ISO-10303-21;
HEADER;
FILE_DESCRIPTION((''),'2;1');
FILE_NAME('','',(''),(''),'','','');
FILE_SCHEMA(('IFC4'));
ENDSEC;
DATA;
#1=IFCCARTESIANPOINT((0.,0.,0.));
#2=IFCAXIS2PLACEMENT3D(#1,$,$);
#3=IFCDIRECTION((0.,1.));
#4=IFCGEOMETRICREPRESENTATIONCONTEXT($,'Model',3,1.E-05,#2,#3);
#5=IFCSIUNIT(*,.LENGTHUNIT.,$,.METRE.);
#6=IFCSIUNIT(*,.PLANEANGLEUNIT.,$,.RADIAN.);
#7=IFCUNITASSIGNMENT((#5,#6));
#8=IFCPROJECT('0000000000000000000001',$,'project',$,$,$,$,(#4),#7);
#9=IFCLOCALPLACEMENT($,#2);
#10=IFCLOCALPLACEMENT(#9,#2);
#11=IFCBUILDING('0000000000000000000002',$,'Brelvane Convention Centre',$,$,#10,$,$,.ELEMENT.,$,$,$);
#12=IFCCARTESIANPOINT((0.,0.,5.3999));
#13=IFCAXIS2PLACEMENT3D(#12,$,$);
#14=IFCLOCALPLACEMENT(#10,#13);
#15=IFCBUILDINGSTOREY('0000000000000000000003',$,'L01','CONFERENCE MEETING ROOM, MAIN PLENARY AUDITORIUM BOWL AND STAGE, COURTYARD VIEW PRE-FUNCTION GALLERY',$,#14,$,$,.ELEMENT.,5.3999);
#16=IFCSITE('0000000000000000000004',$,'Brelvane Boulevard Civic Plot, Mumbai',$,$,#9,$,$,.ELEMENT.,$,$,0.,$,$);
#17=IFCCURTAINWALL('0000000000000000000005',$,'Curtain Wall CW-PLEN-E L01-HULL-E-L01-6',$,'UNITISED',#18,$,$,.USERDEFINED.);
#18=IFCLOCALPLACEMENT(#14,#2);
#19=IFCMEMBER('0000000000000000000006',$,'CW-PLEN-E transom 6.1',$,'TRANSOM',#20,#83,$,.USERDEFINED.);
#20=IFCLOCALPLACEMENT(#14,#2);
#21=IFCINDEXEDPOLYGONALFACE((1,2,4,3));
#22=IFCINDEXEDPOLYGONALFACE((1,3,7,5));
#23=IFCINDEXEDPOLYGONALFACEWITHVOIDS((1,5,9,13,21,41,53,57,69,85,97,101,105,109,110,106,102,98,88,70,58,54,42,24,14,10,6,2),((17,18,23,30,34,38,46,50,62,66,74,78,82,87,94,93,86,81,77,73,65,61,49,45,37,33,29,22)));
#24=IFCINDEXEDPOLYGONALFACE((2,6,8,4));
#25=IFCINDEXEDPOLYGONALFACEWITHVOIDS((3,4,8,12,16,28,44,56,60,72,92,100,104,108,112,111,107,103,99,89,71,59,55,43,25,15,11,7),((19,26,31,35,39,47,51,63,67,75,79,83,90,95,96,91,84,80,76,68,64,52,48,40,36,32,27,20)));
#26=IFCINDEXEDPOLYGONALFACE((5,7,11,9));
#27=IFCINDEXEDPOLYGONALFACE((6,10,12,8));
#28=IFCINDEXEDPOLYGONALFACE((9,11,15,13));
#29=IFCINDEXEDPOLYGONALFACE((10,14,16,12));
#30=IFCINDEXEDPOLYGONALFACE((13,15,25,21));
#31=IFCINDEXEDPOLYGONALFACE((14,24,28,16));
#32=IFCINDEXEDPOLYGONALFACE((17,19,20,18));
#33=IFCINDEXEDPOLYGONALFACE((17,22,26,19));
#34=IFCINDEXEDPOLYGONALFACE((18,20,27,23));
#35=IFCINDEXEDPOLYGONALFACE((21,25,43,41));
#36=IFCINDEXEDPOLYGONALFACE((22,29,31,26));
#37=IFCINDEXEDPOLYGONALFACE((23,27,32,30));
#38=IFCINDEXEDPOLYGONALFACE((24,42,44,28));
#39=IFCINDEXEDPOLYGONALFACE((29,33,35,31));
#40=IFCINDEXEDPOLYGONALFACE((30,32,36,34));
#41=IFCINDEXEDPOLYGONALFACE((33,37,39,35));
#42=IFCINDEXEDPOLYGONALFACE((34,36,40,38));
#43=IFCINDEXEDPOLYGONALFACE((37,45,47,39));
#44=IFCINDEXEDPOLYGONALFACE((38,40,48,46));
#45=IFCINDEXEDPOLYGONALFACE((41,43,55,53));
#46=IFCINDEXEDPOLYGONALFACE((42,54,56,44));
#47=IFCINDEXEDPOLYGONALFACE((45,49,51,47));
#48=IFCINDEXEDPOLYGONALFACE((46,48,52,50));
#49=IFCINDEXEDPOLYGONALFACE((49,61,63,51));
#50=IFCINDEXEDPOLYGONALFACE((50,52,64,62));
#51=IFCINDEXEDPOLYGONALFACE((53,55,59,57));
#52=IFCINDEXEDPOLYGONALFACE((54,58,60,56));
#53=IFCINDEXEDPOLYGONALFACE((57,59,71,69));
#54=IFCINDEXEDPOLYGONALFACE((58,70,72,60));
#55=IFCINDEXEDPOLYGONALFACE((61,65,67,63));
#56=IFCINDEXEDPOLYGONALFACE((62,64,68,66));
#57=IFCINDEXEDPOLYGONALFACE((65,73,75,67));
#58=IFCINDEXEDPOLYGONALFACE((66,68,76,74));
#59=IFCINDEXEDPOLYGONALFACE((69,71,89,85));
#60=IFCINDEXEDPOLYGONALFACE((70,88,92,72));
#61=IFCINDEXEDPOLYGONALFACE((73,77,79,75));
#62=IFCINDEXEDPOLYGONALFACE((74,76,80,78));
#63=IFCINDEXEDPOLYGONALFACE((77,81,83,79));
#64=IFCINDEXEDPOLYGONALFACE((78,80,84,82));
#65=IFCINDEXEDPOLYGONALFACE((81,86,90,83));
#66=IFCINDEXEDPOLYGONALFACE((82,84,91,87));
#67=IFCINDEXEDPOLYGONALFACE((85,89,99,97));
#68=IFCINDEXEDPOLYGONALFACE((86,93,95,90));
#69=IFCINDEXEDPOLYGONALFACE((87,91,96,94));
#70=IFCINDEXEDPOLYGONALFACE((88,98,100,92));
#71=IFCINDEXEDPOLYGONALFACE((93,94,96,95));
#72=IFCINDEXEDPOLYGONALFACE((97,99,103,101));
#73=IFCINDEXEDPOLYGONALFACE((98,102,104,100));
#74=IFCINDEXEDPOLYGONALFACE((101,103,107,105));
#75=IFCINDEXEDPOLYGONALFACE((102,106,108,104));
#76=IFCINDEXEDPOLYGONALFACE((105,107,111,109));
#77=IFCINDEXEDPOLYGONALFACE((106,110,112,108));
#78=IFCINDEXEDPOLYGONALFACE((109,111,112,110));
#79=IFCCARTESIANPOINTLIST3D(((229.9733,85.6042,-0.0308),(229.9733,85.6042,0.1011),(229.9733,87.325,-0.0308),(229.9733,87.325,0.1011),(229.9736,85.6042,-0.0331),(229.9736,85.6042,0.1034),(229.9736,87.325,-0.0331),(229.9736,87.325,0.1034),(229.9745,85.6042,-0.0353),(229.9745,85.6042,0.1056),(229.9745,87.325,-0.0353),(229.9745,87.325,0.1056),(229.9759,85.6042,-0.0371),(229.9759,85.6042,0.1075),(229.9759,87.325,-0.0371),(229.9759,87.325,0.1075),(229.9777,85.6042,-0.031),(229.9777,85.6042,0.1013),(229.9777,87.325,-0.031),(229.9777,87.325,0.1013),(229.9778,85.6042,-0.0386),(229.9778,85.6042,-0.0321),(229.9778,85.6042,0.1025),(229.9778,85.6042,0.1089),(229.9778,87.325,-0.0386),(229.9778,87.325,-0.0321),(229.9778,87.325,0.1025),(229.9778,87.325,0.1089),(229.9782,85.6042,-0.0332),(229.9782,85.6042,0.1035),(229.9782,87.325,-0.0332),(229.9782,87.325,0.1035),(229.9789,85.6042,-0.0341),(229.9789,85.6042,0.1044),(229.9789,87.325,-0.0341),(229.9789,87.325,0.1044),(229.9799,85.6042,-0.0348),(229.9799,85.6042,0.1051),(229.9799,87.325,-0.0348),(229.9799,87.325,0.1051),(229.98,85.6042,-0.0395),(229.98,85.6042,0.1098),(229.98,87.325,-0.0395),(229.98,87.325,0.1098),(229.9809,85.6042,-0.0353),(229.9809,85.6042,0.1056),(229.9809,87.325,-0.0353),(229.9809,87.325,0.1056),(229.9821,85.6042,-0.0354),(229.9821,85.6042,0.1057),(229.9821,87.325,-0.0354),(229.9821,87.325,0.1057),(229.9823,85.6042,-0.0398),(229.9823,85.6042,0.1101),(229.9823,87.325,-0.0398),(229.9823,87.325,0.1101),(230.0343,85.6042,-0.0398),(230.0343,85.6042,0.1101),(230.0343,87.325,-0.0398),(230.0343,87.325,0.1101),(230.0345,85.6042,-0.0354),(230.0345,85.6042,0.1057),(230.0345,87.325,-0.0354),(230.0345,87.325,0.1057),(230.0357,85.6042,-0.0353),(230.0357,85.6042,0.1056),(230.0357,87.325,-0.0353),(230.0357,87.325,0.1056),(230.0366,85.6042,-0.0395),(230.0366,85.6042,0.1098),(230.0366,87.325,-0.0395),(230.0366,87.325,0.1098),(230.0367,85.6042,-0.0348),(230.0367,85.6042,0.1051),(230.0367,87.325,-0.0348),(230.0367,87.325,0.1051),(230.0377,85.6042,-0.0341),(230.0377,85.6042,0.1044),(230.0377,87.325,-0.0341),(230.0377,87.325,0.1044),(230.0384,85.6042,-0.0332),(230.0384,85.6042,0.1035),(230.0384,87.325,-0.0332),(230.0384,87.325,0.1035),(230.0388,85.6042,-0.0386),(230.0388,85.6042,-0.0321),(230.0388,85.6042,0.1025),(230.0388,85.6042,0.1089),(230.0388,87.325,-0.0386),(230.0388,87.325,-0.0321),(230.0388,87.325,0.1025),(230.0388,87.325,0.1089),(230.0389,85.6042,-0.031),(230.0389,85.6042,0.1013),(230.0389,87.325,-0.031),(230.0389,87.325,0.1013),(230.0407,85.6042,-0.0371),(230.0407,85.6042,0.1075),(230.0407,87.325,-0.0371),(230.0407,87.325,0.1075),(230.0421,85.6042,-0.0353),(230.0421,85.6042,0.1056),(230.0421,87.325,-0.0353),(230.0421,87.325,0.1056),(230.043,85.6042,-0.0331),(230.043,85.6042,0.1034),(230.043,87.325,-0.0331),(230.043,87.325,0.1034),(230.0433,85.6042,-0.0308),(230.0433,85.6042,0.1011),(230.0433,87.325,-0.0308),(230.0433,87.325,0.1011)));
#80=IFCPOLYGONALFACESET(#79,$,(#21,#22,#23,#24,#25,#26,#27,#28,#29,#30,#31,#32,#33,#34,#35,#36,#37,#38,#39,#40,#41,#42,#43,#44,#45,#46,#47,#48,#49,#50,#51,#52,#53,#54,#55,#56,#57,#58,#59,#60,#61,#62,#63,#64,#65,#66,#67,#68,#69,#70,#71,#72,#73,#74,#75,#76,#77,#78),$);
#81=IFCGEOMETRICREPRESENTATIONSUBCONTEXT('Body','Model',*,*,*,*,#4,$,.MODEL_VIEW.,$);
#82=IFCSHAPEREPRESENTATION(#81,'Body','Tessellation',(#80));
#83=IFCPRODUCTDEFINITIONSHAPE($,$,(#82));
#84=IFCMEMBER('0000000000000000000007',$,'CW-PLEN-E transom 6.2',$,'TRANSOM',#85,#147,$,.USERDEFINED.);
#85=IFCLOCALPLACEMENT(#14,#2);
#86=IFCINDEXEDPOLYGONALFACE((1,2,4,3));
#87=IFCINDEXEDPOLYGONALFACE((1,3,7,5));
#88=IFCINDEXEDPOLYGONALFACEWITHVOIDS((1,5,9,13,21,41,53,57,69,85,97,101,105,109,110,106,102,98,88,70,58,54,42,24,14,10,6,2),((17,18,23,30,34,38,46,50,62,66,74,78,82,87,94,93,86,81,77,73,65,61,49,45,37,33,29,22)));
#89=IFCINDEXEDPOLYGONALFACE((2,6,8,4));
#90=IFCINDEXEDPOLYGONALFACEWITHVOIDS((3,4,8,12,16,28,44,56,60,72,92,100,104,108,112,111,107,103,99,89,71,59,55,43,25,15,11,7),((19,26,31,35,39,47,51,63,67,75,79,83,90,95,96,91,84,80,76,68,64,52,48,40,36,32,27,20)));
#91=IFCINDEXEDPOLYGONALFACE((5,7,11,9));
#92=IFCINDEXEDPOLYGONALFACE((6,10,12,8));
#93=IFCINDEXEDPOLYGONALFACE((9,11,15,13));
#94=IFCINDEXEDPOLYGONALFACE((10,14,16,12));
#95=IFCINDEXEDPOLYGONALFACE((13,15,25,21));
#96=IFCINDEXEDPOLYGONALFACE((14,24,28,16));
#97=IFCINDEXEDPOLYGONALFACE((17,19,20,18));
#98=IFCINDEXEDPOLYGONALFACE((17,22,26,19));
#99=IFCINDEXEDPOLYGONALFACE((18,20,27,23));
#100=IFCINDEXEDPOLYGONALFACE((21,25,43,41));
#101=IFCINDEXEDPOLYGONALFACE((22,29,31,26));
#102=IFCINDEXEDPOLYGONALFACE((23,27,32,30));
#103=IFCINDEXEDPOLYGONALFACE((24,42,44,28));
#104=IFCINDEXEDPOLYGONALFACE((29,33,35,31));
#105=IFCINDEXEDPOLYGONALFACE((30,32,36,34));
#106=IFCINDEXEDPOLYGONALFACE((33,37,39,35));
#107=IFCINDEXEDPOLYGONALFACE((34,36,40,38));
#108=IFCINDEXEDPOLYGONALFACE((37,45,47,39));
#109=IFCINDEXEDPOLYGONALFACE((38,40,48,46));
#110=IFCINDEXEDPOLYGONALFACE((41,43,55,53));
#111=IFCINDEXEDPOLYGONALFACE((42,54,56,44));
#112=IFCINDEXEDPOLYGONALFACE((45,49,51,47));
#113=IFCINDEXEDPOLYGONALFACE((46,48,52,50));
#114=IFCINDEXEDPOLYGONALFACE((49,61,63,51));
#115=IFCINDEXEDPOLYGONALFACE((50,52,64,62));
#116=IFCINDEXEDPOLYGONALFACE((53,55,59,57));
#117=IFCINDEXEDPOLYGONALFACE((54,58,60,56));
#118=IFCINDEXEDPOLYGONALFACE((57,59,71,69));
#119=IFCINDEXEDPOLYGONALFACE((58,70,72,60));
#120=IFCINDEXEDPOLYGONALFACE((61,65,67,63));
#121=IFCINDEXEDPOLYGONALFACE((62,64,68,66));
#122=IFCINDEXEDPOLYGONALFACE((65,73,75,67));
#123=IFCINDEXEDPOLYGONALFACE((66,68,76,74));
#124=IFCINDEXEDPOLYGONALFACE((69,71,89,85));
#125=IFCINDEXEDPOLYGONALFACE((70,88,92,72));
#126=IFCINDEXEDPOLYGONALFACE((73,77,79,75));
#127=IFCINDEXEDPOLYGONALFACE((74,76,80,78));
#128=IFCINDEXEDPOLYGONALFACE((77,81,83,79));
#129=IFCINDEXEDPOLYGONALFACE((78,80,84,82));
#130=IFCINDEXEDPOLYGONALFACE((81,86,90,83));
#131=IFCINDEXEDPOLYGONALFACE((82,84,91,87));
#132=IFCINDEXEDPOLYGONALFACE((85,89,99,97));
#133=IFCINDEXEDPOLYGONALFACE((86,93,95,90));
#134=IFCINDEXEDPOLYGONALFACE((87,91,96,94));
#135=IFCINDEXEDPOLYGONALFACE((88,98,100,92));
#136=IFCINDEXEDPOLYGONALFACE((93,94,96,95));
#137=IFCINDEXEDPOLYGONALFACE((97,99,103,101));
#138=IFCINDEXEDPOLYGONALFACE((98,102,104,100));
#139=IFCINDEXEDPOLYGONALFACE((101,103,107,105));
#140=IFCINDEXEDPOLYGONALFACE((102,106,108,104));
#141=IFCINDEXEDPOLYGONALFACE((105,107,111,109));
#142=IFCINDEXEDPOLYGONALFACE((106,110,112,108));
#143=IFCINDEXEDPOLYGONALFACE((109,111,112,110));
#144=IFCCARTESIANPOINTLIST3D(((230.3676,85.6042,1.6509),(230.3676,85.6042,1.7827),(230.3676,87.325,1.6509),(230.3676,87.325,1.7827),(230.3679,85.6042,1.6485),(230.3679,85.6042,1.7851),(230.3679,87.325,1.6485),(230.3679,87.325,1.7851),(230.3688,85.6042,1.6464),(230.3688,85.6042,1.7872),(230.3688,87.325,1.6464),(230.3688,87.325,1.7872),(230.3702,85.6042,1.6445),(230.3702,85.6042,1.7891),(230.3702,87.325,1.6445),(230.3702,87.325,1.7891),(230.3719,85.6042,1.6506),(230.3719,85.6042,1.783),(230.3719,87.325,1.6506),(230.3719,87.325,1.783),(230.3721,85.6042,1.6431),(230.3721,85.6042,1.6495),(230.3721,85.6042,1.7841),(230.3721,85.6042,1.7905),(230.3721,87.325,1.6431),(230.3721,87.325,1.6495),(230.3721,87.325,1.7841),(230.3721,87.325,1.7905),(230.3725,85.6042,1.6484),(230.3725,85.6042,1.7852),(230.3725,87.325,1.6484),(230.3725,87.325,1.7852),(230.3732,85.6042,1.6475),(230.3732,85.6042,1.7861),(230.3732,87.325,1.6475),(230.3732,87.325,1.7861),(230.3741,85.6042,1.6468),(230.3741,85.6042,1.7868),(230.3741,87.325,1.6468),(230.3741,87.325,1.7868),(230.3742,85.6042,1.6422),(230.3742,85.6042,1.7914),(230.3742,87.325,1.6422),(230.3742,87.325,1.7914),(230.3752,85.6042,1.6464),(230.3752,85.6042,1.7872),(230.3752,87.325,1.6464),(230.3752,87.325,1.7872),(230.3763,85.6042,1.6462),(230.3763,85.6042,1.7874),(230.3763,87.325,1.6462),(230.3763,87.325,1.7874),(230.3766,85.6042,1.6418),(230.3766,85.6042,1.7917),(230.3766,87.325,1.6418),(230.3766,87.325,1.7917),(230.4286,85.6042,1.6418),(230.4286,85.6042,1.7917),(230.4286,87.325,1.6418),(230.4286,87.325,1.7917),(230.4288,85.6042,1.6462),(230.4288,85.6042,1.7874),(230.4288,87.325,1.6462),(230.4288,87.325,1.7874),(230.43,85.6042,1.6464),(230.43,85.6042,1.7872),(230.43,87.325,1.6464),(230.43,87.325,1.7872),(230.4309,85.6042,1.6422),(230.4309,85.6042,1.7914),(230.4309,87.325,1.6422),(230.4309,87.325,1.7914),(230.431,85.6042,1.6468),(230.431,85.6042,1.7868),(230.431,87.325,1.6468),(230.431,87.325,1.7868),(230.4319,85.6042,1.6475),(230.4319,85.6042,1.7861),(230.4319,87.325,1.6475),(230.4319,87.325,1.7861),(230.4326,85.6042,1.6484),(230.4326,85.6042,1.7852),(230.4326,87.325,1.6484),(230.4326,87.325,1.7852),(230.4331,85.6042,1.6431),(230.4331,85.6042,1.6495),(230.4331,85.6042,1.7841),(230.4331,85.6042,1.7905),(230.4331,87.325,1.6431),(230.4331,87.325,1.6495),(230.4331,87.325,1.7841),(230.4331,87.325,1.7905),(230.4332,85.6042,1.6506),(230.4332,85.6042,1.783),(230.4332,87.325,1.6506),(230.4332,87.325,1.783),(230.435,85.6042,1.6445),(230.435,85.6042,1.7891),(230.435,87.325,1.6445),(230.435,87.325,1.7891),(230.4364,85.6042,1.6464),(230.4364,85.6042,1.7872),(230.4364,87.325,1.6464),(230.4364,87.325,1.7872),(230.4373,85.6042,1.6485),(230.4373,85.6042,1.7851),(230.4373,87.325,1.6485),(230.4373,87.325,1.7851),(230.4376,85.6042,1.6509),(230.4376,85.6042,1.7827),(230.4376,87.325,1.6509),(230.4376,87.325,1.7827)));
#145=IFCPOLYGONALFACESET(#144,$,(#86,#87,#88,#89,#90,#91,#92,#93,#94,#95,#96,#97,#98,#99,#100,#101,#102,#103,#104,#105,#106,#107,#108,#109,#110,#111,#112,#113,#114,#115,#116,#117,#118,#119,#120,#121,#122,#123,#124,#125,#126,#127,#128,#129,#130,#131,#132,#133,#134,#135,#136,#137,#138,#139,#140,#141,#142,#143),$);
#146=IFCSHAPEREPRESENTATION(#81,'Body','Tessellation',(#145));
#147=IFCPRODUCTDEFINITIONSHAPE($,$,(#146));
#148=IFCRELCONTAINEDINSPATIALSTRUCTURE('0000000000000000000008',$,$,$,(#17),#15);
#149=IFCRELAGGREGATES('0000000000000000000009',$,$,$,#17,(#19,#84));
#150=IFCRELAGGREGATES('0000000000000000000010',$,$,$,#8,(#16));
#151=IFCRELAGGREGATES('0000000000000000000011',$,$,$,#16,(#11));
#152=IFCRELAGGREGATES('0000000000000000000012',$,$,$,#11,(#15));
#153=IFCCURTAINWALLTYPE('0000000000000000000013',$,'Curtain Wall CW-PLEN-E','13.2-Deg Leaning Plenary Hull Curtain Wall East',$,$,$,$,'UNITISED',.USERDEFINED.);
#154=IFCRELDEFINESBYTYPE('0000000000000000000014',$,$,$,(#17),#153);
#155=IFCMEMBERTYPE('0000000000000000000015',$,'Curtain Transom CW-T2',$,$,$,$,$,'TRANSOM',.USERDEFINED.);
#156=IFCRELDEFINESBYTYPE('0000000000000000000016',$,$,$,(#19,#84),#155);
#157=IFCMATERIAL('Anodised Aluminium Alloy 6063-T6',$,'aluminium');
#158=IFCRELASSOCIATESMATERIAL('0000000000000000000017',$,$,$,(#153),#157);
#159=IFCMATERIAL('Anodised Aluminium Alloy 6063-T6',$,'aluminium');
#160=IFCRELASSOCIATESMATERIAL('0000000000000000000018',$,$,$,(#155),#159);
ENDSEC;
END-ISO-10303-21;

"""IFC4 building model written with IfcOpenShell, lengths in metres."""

from ifc_helpers import new_model, si_unit, direction, frame, origin, origin_2d, place, context, subcontext, project, spatial, hollow_rectangle, extrude, material, material_profile, profile_set, type_object, element, aggregate, save


model = new_model("IFC4")

# Units and contexts
model_context = context("Model", 3, precision=1e-05, world=origin(), true_north=direction((0.0, 1.0)))
body_context = subcontext(model_context, "Body", "Model", "MODEL_VIEW")
ifc_project = project(units=[si_unit("LENGTHUNIT", "METRE"), si_unit("PLANEANGLEUNIT", "RADIAN")], contexts=[model_context])

# Site, building, storey
site_placement = place(None, origin())
site = spatial("IfcSite", under=ifc_project, at=site_placement, Name="Brelvane Boulevard Civic Plot, Mumbai", CompositionType="ELEMENT", RefElevation=0.0)
building_placement = place(site_placement, origin())
building = spatial("IfcBuilding", under=site, at=building_placement, Name="Brelvane Convention Centre", CompositionType="ELEMENT")
storey_placement = place(building_placement, frame((0.0, 0.0, 5.3999)))
storey = spatial("IfcBuildingStorey", under=building, at=storey_placement, Name="L01", Description="CONFERENCE MEETING ROOM, MAIN PLENARY AUDITORIUM BOWL AND STAGE, COURTYARD VIEW PRE-FUNCTION GALLERY", CompositionType="ELEMENT", Elevation=5.3999)

# Curtain wall
ifc_material_1 = material(Name="Anodised Aluminium Alloy 6063-T6", Category="aluminium")
curtain_wall_type_1 = type_object("IfcCurtainWallType", Name="Curtain Wall CW-PLEN-E", Description="13.2-Deg Leaning Plenary Hull Curtain Wall East", ElementType="UNITISED", PredefinedType="USERDEFINED", material=ifc_material_1)
curtain_wall_1_placement = place(storey_placement, origin())
curtain_wall_1 = element("IfcCurtainWall", 1, at=curtain_wall_1_placement, inside=storey, type_object=curtain_wall_type_1, Name="Curtain Wall CW-PLEN-E L01-HULL-E-L01-6", ObjectType="UNITISED", PredefinedType="USERDEFINED")

# Members
ifc_material_2 = material(Name="Anodised Aluminium Alloy 6063-T6", Category="aluminium")
ifc_material_profile_1 = material_profile(ifc_material_2, hollow_rectangle(XDim=0.0701, YDim=0.1499, WallThickness=0.0044, InnerFilletRadius=0.0044, OuterFilletRadius=0.009, at=origin_2d()), Name="ALU-T 150x70x4.5")
ifc_profile_set_1 = profile_set([ifc_material_profile_1], Name="Anodised Aluminium Alloy 6063-T6")
member_type_1 = type_object("IfcMemberType", Name="Curtain Transom CW-T2", ElementType="TRANSOM", PredefinedType="USERDEFINED", material=ifc_profile_set_1)
member_1_placement = place(storey_placement, frame((230.0083, 85.6042, 0.0352), z_axis=(0.0, 1.0, 0.0), x_axis=(-1.0, 0.0, 0.0)))
member_1 = element("IfcMember", 2, at=member_1_placement, type_object=member_type_1, Name="CW-PLEN-E transom 6.1", ObjectType="TRANSOM", PredefinedType="USERDEFINED", context=body_context, shape_type="SweptSolid", body=[
    extrude(hollow_rectangle(XDim=0.0701, YDim=0.1499, WallThickness=0.0044, InnerFilletRadius=0.0044, OuterFilletRadius=0.009, at=origin_2d()), origin(), (0.0, 0.0, 1.0), 1.7207),
])
member_2_placement = place(storey_placement, frame((230.4026, 85.6042, 1.7168), z_axis=(0.0, 1.0, 0.0), x_axis=(-1.0, 0.0, 0.0)))
member_2 = element("IfcMember", 3, at=member_2_placement, type_object=member_type_1, Name="CW-PLEN-E transom 6.2", ObjectType="TRANSOM", PredefinedType="USERDEFINED", context=body_context, shape_type="SweptSolid", body=[
    extrude(hollow_rectangle(XDim=0.0701, YDim=0.1499, WallThickness=0.0044, InnerFilletRadius=0.0044, OuterFilletRadius=0.009, at=origin_2d()), origin(), (0.0, 0.0, 1.0), 1.7207),
])

aggregate(curtain_wall_1, [member_1, member_2])

save(model, "model.ifc")
